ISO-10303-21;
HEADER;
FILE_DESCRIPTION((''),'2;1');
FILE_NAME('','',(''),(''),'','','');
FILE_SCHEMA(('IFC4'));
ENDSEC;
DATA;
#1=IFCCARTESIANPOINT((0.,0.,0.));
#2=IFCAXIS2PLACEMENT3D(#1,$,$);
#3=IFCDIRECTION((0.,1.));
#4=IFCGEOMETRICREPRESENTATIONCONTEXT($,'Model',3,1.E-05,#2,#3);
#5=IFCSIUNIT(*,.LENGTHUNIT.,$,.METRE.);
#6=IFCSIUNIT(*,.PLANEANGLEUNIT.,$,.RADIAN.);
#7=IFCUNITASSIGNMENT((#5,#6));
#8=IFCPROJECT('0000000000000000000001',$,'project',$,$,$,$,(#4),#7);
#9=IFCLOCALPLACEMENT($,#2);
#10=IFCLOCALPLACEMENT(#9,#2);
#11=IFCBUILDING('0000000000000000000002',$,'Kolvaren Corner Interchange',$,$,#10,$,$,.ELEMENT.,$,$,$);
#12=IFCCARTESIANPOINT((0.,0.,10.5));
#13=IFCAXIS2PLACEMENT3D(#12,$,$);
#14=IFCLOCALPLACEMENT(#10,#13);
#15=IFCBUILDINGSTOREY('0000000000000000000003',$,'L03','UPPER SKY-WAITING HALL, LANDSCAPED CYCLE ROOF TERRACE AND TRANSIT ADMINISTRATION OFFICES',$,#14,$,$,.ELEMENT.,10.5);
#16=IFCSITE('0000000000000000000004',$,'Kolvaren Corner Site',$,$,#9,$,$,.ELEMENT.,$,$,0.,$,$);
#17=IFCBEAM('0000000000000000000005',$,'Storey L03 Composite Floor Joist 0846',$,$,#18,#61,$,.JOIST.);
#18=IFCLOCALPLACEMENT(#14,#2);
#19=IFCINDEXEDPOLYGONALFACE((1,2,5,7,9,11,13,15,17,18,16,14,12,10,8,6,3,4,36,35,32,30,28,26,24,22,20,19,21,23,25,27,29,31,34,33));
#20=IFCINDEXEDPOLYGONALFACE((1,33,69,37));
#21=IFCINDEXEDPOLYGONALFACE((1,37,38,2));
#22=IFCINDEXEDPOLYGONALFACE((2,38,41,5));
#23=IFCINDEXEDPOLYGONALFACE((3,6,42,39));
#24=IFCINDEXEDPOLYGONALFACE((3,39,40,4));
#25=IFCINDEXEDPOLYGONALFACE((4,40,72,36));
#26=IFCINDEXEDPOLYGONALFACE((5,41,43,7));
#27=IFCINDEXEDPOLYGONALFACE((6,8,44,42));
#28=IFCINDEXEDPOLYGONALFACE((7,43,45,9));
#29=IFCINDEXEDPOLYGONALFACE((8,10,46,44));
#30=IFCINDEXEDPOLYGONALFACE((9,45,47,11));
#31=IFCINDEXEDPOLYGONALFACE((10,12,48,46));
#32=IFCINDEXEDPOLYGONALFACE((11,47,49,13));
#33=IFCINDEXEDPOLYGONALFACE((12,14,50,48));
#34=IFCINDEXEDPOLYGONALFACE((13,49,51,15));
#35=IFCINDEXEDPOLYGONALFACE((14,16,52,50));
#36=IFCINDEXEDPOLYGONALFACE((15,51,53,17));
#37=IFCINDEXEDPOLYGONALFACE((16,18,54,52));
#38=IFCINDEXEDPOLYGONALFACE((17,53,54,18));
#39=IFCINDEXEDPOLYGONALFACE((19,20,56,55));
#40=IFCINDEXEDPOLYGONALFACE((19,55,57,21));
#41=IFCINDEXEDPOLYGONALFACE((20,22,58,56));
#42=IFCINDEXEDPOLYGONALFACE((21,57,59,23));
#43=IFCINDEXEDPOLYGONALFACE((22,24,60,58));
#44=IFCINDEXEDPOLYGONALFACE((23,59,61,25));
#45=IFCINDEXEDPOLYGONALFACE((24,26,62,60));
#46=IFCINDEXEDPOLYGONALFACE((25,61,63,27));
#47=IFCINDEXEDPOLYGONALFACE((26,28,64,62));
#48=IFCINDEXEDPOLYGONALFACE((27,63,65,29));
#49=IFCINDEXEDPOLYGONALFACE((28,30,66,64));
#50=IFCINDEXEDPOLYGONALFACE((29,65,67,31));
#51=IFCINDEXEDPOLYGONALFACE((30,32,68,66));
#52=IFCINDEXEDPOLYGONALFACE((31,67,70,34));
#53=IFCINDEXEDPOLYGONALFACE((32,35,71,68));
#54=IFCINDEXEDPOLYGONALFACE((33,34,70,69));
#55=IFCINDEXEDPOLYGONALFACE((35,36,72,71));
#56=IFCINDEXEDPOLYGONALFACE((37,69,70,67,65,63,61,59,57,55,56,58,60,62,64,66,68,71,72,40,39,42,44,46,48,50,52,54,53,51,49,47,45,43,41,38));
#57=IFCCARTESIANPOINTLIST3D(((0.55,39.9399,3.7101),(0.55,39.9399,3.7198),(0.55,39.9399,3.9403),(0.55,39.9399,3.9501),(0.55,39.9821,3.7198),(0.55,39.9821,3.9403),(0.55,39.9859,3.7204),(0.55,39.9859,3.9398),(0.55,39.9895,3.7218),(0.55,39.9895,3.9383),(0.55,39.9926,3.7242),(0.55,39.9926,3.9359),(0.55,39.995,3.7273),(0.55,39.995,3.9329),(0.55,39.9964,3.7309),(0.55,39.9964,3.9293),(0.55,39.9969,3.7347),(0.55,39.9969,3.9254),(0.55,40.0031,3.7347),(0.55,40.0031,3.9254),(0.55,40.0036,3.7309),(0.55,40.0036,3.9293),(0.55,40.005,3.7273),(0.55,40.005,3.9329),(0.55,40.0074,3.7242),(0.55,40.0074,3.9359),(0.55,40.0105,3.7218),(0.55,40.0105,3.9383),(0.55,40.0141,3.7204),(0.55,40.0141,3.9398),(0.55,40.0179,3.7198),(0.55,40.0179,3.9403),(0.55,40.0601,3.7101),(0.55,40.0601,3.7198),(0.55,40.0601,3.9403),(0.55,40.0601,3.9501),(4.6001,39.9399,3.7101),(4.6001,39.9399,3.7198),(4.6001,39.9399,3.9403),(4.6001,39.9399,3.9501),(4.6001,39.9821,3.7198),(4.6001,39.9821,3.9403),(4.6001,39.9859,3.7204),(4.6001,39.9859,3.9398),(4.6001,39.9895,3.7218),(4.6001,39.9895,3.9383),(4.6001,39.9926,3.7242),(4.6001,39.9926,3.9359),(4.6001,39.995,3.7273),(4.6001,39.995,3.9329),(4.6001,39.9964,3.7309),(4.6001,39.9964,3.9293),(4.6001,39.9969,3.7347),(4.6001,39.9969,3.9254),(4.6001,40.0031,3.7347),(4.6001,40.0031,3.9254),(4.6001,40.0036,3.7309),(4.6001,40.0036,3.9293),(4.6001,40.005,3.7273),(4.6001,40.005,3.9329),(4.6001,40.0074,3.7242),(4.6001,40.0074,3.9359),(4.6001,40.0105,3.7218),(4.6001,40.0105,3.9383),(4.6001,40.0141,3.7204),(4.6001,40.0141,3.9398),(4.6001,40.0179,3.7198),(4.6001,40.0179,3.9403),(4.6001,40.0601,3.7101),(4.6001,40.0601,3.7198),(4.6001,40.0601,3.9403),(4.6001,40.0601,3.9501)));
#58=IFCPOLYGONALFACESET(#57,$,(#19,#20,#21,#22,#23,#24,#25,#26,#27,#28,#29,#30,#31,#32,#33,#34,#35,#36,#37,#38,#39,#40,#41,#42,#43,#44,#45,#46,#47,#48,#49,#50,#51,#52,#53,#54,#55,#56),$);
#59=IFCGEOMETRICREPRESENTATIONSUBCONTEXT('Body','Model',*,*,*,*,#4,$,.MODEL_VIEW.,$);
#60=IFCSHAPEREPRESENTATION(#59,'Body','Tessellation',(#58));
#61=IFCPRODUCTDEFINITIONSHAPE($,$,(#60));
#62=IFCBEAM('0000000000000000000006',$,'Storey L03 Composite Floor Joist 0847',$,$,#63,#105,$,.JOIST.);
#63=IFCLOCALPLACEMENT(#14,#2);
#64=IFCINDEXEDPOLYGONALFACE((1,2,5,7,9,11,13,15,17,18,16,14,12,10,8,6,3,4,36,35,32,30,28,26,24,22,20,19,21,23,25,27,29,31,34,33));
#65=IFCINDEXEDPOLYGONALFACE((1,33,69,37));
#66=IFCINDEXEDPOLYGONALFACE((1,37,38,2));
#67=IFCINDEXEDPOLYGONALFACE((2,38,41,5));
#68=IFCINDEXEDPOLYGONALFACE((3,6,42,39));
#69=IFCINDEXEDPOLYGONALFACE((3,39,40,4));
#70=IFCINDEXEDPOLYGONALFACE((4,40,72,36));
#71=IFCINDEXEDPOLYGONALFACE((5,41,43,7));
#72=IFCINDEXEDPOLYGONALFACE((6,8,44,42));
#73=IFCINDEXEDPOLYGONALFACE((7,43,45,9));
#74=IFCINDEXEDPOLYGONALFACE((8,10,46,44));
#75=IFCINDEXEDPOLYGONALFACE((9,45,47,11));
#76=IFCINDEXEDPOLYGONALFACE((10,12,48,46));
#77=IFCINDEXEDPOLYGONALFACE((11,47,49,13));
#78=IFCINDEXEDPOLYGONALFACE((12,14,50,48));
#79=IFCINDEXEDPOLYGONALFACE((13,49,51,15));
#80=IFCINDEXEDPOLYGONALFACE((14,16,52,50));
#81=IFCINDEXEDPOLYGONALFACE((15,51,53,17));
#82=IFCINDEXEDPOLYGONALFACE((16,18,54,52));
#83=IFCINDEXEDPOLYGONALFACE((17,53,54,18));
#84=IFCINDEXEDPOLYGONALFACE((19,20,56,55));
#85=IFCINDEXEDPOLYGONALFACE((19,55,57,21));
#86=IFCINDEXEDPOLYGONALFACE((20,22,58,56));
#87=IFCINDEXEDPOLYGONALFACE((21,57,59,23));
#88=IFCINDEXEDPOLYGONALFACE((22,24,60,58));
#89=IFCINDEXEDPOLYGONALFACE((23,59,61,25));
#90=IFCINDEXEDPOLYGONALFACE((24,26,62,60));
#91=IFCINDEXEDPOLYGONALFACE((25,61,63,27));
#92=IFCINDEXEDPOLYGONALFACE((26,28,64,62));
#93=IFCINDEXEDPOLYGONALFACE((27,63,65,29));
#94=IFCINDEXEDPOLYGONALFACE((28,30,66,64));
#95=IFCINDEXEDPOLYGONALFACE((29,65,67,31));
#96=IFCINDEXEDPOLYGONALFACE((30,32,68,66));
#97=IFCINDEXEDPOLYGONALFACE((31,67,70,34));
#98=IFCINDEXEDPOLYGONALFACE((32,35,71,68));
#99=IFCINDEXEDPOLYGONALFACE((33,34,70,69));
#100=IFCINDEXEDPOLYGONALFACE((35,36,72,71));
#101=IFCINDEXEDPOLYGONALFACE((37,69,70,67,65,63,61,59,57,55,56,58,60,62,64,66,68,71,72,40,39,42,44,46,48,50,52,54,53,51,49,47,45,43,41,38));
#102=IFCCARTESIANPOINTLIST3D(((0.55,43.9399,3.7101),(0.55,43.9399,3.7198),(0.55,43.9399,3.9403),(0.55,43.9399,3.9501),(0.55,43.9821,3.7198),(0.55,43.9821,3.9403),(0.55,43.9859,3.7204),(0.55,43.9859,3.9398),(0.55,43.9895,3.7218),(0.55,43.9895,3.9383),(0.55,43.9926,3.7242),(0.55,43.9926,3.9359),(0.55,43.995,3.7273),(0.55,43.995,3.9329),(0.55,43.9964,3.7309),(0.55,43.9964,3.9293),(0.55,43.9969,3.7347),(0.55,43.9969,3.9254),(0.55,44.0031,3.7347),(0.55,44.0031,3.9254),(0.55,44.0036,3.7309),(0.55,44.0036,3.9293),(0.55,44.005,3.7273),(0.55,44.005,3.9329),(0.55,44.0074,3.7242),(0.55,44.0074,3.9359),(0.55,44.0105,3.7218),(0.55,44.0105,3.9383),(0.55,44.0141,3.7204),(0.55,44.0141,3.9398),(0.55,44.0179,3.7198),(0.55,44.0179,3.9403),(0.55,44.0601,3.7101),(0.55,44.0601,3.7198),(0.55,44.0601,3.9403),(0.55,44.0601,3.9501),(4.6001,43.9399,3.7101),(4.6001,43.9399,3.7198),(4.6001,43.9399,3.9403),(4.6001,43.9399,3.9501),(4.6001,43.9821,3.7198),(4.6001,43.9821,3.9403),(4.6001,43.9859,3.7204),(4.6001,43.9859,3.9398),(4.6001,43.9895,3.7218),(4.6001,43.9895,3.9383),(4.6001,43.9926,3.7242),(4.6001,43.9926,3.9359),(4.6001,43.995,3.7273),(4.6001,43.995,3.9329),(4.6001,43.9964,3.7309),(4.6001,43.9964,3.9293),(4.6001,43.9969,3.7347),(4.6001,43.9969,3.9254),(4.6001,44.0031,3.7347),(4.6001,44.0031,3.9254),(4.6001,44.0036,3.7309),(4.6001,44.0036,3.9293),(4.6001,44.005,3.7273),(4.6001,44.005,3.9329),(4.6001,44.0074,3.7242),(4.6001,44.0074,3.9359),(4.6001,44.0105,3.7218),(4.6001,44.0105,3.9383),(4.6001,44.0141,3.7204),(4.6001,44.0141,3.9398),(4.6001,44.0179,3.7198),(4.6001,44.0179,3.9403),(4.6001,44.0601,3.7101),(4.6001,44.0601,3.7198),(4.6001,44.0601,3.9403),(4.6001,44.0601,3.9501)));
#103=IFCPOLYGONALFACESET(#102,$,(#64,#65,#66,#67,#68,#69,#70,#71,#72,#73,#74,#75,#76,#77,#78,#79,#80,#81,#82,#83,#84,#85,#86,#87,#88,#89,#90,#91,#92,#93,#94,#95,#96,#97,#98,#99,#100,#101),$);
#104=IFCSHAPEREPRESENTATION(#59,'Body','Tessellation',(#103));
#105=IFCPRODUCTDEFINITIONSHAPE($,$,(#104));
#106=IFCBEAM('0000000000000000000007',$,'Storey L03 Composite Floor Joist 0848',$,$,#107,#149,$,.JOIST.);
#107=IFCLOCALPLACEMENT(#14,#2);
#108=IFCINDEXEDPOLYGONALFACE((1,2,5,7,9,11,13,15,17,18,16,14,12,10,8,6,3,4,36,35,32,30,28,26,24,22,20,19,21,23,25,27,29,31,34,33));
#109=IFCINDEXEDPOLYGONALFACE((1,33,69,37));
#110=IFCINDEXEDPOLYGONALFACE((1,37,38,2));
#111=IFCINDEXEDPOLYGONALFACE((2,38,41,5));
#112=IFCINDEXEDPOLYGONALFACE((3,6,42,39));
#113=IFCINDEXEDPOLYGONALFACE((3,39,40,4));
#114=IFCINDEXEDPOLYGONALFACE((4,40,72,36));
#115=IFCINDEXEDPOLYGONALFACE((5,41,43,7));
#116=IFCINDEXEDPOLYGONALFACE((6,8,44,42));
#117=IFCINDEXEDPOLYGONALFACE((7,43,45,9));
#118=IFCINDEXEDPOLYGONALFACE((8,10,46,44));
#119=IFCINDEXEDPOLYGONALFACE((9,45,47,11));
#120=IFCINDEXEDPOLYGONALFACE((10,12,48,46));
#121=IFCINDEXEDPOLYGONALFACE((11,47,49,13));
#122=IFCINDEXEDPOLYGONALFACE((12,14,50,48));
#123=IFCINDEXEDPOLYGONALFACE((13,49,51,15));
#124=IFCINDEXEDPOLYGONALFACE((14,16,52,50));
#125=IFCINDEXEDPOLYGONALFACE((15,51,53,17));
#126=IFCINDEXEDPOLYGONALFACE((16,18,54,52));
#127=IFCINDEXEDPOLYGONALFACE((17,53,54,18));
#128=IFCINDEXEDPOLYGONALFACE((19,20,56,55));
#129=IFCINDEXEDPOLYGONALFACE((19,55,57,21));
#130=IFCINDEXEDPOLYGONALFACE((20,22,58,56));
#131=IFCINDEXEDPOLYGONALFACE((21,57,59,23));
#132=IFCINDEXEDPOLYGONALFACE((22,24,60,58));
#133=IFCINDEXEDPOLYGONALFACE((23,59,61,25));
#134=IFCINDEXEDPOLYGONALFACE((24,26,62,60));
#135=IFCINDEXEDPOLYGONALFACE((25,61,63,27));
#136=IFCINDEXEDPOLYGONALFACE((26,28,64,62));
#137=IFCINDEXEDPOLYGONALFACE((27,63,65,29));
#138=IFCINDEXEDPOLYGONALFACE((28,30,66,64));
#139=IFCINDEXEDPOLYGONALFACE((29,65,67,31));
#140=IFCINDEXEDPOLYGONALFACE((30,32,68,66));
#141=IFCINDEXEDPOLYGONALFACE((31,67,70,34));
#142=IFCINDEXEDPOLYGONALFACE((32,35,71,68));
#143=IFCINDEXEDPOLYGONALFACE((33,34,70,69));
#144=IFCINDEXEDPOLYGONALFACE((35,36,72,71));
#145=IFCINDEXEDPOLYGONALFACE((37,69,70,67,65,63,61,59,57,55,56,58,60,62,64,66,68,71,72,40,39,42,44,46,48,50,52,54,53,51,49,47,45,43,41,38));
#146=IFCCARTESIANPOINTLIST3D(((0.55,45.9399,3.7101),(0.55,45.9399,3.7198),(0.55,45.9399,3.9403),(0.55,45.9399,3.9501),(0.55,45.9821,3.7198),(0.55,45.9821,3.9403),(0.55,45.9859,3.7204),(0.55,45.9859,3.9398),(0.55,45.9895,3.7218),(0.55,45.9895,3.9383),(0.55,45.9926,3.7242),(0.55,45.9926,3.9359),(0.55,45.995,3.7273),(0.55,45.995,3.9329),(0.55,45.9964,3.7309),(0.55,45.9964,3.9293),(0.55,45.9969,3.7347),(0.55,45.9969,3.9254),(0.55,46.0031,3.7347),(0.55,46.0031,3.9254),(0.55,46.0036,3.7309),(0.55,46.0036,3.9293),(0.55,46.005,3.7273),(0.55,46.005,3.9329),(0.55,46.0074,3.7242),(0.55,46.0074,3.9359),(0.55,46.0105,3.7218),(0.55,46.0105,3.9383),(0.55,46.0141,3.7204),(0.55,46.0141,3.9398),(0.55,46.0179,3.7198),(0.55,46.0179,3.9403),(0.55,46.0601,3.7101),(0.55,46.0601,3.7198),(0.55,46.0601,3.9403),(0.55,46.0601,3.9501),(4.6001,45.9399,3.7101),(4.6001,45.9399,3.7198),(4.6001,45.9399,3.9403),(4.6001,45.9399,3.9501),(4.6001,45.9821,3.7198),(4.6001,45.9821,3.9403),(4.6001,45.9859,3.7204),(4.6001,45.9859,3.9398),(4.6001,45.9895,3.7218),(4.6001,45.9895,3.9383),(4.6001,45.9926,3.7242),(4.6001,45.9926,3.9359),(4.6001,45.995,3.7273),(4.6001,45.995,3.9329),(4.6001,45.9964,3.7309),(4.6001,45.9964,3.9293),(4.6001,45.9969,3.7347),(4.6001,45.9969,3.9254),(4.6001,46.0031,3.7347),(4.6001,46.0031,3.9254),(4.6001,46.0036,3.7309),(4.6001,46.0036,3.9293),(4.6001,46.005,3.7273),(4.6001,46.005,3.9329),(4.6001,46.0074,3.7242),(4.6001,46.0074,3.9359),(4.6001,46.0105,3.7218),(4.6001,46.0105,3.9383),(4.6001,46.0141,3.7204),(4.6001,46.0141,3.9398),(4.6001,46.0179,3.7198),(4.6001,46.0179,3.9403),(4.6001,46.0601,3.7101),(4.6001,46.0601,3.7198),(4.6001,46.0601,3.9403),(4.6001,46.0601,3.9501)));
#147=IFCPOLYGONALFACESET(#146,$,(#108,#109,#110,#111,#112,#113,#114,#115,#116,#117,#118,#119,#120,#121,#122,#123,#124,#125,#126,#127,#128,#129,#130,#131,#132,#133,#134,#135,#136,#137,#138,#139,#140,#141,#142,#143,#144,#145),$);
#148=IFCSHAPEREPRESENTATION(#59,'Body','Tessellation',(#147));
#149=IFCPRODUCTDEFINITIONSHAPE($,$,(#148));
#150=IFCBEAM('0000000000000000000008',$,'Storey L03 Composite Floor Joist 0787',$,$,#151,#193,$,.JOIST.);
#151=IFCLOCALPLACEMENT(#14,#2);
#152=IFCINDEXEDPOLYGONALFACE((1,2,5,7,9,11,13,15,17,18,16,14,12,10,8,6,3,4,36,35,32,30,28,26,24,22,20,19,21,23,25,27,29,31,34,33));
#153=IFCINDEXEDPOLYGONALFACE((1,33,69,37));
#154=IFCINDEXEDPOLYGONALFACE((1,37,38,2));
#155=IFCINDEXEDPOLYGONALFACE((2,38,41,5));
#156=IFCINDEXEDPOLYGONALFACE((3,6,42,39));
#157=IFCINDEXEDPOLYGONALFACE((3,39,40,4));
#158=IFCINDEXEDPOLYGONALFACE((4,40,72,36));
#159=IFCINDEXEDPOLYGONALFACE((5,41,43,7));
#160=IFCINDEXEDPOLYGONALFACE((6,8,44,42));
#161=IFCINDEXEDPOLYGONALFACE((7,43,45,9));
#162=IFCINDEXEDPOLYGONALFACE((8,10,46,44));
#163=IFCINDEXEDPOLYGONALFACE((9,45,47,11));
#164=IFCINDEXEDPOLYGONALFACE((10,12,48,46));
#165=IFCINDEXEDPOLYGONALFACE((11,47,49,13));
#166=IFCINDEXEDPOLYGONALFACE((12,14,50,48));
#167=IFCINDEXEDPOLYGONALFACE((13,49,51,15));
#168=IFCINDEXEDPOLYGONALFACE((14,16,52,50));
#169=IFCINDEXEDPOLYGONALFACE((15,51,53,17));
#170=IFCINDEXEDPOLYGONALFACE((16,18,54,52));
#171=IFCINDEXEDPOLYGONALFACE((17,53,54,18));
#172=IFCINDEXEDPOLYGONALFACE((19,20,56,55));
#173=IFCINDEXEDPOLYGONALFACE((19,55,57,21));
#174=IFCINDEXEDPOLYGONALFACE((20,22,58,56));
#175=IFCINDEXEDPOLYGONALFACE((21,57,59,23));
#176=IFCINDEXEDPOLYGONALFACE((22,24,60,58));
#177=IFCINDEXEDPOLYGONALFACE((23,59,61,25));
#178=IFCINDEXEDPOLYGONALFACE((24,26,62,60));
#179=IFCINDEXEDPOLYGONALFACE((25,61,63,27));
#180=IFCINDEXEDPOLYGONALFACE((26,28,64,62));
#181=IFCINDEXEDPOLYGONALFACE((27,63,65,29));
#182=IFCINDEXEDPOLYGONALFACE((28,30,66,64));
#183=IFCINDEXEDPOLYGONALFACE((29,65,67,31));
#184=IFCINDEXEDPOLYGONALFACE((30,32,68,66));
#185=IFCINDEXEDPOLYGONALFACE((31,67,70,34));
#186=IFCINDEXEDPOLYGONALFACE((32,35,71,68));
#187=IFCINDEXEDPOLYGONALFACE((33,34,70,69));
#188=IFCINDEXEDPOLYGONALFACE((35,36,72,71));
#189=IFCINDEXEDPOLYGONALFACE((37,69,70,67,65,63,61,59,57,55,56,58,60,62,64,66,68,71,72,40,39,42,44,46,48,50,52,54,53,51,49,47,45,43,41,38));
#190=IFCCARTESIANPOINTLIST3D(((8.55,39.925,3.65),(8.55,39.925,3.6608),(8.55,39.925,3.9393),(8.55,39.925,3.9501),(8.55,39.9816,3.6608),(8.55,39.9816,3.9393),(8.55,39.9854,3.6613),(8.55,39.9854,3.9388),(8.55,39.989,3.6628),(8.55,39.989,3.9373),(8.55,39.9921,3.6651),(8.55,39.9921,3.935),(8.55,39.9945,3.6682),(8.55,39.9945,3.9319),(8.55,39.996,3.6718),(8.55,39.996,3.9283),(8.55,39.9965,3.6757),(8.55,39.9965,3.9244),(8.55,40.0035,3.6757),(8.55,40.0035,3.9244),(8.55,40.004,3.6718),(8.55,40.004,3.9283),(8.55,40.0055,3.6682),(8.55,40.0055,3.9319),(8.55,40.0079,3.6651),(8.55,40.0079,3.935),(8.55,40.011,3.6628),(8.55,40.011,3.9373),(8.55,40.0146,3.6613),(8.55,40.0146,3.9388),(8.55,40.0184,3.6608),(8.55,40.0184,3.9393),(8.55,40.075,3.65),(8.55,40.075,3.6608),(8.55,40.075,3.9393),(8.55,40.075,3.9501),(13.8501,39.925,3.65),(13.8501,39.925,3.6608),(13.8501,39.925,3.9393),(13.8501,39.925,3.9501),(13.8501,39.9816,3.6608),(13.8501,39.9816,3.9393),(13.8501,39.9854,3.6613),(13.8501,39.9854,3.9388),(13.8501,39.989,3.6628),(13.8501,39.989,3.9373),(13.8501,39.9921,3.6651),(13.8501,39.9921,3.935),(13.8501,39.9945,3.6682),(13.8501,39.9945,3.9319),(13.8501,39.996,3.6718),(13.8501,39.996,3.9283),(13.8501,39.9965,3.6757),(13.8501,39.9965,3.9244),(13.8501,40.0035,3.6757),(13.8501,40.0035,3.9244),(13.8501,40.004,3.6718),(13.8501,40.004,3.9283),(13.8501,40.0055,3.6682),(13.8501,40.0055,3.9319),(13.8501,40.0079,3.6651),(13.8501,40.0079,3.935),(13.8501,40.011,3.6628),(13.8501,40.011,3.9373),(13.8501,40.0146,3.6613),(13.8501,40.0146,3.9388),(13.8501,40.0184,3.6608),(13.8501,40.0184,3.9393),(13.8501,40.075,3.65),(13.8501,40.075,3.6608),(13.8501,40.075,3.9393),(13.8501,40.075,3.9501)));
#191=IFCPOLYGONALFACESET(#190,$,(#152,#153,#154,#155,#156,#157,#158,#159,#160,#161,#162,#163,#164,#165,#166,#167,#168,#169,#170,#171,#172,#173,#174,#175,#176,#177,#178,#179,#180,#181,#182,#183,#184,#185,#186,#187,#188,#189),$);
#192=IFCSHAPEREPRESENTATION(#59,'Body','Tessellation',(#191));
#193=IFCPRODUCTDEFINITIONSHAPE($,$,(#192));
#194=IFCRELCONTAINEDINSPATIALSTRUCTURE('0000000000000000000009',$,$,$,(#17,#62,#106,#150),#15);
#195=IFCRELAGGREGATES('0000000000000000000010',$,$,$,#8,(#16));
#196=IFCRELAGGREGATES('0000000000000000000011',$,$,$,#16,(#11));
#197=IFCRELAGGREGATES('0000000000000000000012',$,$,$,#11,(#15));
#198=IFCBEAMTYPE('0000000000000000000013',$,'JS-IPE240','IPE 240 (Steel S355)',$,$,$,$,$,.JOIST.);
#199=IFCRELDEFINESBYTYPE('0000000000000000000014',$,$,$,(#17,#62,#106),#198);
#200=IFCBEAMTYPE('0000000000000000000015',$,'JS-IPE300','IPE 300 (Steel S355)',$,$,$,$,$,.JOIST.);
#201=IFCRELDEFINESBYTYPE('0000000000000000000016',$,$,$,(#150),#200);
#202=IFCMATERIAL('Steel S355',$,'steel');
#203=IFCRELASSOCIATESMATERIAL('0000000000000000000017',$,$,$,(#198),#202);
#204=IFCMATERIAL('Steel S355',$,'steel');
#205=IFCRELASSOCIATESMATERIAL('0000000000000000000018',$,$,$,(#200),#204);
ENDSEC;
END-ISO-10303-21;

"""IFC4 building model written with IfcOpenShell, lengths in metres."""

from ifc_helpers import new_model, si_unit, direction, frame, origin, origin_2d, place, context, subcontext, project, spatial, i_section, extrude, material, material_profile, profile_set, type_object, element, save


model = new_model("IFC4")

# Units and contexts
model_context = context("Model", 3, precision=1e-05, world=origin(), true_north=direction((0.0, 1.0)))
body_context = subcontext(model_context, "Body", "Model", "MODEL_VIEW")
ifc_project = project(units=[si_unit("LENGTHUNIT", "METRE"), si_unit("PLANEANGLEUNIT", "RADIAN")], contexts=[model_context])

# Site, building, storey
site_placement = place(None, origin())
site = spatial("IfcSite", under=ifc_project, at=site_placement, Name="Kolvaren Corner Site", CompositionType="ELEMENT", RefElevation=0.0)
building_placement = place(site_placement, origin())
building = spatial("IfcBuilding", under=site, at=building_placement, Name="Kolvaren Corner Interchange", CompositionType="ELEMENT")
storey_placement = place(building_placement, frame((0.0, 0.0, 10.5)))
storey = spatial("IfcBuildingStorey", under=building, at=storey_placement, Name="L03", Description="UPPER SKY-WAITING HALL, LANDSCAPED CYCLE ROOF TERRACE AND TRANSIT ADMINISTRATION OFFICES", CompositionType="ELEMENT", Elevation=10.5)

# Beams
ifc_material_1 = material(Name="Steel S355", Category="steel")
ifc_material_profile_1 = material_profile(ifc_material_1, i_section(OverallWidth=0.1201, OverallDepth=0.24, WebThickness=0.0061, FlangeThickness=0.0098, FilletRadius=0.0149, at=origin_2d()), Name="IPE 240")
ifc_profile_set_1 = profile_set([ifc_material_profile_1], Name="Steel S355")
beam_type_1 = type_object("IfcBeamType", Name="JS-IPE240", Description="IPE 240 (Steel S355)", PredefinedType="JOIST", material=ifc_profile_set_1)
for number, where, z_axis, x_axis, name in (
    (1, (0.55, 40.0, 3.8301), (1.0, 0.0, 0.0), (0.0, 1.0, 0.0), "Storey L03 Composite Floor Joist 0846"),
    (2, (0.55, 44.0, 3.8301), (1.0, 0.0, 0.0), (0.0, 1.0, 0.0), "Storey L03 Composite Floor Joist 0847"),
    (3, (0.55, 46.0, 3.8301), (1.0, 0.0, 0.0), (0.0, 1.0, 0.0), "Storey L03 Composite Floor Joist 0848"),
):
    element("IfcBeam", number, at=place(storey_placement, frame(where, z_axis=z_axis, x_axis=x_axis)), inside=storey, type_object=beam_type_1, Name=name, PredefinedType="JOIST", context=body_context, shape_type="SweptSolid", body=[
        extrude(i_section(OverallWidth=0.1201, OverallDepth=0.24, WebThickness=0.0061, FlangeThickness=0.0098, FilletRadius=0.0149, at=origin_2d()), origin(), (0.0, 0.0, 1.0), 4.05),
    ])
ifc_material_2 = material(Name="Steel S355", Category="steel")
ifc_material_profile_2 = material_profile(ifc_material_2, i_section(OverallWidth=0.1499, OverallDepth=0.3, WebThickness=0.0071, FlangeThickness=0.0107, FilletRadius=0.0149, at=origin_2d()), Name="IPE 300")
ifc_profile_set_2 = profile_set([ifc_material_profile_2], Name="Steel S355")
beam_type_2 = type_object("IfcBeamType", Name="JS-IPE300", Description="IPE 300 (Steel S355)", PredefinedType="JOIST", material=ifc_profile_set_2)
for number, where, z_axis, x_axis, name in (
    (4, (8.55, 40.0, 3.8), (1.0, 0.0, 0.0), (0.0, 1.0, 0.0), "Storey L03 Composite Floor Joist 0787"),
):
    element("IfcBeam", number, at=place(storey_placement, frame(where, z_axis=z_axis, x_axis=x_axis)), inside=storey, type_object=beam_type_2, Name=name, PredefinedType="JOIST", context=body_context, shape_type="SweptSolid", body=[
        extrude(i_section(OverallWidth=0.1499, OverallDepth=0.3, WebThickness=0.0071, FlangeThickness=0.0107, FilletRadius=0.0149, at=origin_2d()), origin(), (0.0, 0.0, 1.0), 5.3),
    ])

save(model, "model.ifc")
